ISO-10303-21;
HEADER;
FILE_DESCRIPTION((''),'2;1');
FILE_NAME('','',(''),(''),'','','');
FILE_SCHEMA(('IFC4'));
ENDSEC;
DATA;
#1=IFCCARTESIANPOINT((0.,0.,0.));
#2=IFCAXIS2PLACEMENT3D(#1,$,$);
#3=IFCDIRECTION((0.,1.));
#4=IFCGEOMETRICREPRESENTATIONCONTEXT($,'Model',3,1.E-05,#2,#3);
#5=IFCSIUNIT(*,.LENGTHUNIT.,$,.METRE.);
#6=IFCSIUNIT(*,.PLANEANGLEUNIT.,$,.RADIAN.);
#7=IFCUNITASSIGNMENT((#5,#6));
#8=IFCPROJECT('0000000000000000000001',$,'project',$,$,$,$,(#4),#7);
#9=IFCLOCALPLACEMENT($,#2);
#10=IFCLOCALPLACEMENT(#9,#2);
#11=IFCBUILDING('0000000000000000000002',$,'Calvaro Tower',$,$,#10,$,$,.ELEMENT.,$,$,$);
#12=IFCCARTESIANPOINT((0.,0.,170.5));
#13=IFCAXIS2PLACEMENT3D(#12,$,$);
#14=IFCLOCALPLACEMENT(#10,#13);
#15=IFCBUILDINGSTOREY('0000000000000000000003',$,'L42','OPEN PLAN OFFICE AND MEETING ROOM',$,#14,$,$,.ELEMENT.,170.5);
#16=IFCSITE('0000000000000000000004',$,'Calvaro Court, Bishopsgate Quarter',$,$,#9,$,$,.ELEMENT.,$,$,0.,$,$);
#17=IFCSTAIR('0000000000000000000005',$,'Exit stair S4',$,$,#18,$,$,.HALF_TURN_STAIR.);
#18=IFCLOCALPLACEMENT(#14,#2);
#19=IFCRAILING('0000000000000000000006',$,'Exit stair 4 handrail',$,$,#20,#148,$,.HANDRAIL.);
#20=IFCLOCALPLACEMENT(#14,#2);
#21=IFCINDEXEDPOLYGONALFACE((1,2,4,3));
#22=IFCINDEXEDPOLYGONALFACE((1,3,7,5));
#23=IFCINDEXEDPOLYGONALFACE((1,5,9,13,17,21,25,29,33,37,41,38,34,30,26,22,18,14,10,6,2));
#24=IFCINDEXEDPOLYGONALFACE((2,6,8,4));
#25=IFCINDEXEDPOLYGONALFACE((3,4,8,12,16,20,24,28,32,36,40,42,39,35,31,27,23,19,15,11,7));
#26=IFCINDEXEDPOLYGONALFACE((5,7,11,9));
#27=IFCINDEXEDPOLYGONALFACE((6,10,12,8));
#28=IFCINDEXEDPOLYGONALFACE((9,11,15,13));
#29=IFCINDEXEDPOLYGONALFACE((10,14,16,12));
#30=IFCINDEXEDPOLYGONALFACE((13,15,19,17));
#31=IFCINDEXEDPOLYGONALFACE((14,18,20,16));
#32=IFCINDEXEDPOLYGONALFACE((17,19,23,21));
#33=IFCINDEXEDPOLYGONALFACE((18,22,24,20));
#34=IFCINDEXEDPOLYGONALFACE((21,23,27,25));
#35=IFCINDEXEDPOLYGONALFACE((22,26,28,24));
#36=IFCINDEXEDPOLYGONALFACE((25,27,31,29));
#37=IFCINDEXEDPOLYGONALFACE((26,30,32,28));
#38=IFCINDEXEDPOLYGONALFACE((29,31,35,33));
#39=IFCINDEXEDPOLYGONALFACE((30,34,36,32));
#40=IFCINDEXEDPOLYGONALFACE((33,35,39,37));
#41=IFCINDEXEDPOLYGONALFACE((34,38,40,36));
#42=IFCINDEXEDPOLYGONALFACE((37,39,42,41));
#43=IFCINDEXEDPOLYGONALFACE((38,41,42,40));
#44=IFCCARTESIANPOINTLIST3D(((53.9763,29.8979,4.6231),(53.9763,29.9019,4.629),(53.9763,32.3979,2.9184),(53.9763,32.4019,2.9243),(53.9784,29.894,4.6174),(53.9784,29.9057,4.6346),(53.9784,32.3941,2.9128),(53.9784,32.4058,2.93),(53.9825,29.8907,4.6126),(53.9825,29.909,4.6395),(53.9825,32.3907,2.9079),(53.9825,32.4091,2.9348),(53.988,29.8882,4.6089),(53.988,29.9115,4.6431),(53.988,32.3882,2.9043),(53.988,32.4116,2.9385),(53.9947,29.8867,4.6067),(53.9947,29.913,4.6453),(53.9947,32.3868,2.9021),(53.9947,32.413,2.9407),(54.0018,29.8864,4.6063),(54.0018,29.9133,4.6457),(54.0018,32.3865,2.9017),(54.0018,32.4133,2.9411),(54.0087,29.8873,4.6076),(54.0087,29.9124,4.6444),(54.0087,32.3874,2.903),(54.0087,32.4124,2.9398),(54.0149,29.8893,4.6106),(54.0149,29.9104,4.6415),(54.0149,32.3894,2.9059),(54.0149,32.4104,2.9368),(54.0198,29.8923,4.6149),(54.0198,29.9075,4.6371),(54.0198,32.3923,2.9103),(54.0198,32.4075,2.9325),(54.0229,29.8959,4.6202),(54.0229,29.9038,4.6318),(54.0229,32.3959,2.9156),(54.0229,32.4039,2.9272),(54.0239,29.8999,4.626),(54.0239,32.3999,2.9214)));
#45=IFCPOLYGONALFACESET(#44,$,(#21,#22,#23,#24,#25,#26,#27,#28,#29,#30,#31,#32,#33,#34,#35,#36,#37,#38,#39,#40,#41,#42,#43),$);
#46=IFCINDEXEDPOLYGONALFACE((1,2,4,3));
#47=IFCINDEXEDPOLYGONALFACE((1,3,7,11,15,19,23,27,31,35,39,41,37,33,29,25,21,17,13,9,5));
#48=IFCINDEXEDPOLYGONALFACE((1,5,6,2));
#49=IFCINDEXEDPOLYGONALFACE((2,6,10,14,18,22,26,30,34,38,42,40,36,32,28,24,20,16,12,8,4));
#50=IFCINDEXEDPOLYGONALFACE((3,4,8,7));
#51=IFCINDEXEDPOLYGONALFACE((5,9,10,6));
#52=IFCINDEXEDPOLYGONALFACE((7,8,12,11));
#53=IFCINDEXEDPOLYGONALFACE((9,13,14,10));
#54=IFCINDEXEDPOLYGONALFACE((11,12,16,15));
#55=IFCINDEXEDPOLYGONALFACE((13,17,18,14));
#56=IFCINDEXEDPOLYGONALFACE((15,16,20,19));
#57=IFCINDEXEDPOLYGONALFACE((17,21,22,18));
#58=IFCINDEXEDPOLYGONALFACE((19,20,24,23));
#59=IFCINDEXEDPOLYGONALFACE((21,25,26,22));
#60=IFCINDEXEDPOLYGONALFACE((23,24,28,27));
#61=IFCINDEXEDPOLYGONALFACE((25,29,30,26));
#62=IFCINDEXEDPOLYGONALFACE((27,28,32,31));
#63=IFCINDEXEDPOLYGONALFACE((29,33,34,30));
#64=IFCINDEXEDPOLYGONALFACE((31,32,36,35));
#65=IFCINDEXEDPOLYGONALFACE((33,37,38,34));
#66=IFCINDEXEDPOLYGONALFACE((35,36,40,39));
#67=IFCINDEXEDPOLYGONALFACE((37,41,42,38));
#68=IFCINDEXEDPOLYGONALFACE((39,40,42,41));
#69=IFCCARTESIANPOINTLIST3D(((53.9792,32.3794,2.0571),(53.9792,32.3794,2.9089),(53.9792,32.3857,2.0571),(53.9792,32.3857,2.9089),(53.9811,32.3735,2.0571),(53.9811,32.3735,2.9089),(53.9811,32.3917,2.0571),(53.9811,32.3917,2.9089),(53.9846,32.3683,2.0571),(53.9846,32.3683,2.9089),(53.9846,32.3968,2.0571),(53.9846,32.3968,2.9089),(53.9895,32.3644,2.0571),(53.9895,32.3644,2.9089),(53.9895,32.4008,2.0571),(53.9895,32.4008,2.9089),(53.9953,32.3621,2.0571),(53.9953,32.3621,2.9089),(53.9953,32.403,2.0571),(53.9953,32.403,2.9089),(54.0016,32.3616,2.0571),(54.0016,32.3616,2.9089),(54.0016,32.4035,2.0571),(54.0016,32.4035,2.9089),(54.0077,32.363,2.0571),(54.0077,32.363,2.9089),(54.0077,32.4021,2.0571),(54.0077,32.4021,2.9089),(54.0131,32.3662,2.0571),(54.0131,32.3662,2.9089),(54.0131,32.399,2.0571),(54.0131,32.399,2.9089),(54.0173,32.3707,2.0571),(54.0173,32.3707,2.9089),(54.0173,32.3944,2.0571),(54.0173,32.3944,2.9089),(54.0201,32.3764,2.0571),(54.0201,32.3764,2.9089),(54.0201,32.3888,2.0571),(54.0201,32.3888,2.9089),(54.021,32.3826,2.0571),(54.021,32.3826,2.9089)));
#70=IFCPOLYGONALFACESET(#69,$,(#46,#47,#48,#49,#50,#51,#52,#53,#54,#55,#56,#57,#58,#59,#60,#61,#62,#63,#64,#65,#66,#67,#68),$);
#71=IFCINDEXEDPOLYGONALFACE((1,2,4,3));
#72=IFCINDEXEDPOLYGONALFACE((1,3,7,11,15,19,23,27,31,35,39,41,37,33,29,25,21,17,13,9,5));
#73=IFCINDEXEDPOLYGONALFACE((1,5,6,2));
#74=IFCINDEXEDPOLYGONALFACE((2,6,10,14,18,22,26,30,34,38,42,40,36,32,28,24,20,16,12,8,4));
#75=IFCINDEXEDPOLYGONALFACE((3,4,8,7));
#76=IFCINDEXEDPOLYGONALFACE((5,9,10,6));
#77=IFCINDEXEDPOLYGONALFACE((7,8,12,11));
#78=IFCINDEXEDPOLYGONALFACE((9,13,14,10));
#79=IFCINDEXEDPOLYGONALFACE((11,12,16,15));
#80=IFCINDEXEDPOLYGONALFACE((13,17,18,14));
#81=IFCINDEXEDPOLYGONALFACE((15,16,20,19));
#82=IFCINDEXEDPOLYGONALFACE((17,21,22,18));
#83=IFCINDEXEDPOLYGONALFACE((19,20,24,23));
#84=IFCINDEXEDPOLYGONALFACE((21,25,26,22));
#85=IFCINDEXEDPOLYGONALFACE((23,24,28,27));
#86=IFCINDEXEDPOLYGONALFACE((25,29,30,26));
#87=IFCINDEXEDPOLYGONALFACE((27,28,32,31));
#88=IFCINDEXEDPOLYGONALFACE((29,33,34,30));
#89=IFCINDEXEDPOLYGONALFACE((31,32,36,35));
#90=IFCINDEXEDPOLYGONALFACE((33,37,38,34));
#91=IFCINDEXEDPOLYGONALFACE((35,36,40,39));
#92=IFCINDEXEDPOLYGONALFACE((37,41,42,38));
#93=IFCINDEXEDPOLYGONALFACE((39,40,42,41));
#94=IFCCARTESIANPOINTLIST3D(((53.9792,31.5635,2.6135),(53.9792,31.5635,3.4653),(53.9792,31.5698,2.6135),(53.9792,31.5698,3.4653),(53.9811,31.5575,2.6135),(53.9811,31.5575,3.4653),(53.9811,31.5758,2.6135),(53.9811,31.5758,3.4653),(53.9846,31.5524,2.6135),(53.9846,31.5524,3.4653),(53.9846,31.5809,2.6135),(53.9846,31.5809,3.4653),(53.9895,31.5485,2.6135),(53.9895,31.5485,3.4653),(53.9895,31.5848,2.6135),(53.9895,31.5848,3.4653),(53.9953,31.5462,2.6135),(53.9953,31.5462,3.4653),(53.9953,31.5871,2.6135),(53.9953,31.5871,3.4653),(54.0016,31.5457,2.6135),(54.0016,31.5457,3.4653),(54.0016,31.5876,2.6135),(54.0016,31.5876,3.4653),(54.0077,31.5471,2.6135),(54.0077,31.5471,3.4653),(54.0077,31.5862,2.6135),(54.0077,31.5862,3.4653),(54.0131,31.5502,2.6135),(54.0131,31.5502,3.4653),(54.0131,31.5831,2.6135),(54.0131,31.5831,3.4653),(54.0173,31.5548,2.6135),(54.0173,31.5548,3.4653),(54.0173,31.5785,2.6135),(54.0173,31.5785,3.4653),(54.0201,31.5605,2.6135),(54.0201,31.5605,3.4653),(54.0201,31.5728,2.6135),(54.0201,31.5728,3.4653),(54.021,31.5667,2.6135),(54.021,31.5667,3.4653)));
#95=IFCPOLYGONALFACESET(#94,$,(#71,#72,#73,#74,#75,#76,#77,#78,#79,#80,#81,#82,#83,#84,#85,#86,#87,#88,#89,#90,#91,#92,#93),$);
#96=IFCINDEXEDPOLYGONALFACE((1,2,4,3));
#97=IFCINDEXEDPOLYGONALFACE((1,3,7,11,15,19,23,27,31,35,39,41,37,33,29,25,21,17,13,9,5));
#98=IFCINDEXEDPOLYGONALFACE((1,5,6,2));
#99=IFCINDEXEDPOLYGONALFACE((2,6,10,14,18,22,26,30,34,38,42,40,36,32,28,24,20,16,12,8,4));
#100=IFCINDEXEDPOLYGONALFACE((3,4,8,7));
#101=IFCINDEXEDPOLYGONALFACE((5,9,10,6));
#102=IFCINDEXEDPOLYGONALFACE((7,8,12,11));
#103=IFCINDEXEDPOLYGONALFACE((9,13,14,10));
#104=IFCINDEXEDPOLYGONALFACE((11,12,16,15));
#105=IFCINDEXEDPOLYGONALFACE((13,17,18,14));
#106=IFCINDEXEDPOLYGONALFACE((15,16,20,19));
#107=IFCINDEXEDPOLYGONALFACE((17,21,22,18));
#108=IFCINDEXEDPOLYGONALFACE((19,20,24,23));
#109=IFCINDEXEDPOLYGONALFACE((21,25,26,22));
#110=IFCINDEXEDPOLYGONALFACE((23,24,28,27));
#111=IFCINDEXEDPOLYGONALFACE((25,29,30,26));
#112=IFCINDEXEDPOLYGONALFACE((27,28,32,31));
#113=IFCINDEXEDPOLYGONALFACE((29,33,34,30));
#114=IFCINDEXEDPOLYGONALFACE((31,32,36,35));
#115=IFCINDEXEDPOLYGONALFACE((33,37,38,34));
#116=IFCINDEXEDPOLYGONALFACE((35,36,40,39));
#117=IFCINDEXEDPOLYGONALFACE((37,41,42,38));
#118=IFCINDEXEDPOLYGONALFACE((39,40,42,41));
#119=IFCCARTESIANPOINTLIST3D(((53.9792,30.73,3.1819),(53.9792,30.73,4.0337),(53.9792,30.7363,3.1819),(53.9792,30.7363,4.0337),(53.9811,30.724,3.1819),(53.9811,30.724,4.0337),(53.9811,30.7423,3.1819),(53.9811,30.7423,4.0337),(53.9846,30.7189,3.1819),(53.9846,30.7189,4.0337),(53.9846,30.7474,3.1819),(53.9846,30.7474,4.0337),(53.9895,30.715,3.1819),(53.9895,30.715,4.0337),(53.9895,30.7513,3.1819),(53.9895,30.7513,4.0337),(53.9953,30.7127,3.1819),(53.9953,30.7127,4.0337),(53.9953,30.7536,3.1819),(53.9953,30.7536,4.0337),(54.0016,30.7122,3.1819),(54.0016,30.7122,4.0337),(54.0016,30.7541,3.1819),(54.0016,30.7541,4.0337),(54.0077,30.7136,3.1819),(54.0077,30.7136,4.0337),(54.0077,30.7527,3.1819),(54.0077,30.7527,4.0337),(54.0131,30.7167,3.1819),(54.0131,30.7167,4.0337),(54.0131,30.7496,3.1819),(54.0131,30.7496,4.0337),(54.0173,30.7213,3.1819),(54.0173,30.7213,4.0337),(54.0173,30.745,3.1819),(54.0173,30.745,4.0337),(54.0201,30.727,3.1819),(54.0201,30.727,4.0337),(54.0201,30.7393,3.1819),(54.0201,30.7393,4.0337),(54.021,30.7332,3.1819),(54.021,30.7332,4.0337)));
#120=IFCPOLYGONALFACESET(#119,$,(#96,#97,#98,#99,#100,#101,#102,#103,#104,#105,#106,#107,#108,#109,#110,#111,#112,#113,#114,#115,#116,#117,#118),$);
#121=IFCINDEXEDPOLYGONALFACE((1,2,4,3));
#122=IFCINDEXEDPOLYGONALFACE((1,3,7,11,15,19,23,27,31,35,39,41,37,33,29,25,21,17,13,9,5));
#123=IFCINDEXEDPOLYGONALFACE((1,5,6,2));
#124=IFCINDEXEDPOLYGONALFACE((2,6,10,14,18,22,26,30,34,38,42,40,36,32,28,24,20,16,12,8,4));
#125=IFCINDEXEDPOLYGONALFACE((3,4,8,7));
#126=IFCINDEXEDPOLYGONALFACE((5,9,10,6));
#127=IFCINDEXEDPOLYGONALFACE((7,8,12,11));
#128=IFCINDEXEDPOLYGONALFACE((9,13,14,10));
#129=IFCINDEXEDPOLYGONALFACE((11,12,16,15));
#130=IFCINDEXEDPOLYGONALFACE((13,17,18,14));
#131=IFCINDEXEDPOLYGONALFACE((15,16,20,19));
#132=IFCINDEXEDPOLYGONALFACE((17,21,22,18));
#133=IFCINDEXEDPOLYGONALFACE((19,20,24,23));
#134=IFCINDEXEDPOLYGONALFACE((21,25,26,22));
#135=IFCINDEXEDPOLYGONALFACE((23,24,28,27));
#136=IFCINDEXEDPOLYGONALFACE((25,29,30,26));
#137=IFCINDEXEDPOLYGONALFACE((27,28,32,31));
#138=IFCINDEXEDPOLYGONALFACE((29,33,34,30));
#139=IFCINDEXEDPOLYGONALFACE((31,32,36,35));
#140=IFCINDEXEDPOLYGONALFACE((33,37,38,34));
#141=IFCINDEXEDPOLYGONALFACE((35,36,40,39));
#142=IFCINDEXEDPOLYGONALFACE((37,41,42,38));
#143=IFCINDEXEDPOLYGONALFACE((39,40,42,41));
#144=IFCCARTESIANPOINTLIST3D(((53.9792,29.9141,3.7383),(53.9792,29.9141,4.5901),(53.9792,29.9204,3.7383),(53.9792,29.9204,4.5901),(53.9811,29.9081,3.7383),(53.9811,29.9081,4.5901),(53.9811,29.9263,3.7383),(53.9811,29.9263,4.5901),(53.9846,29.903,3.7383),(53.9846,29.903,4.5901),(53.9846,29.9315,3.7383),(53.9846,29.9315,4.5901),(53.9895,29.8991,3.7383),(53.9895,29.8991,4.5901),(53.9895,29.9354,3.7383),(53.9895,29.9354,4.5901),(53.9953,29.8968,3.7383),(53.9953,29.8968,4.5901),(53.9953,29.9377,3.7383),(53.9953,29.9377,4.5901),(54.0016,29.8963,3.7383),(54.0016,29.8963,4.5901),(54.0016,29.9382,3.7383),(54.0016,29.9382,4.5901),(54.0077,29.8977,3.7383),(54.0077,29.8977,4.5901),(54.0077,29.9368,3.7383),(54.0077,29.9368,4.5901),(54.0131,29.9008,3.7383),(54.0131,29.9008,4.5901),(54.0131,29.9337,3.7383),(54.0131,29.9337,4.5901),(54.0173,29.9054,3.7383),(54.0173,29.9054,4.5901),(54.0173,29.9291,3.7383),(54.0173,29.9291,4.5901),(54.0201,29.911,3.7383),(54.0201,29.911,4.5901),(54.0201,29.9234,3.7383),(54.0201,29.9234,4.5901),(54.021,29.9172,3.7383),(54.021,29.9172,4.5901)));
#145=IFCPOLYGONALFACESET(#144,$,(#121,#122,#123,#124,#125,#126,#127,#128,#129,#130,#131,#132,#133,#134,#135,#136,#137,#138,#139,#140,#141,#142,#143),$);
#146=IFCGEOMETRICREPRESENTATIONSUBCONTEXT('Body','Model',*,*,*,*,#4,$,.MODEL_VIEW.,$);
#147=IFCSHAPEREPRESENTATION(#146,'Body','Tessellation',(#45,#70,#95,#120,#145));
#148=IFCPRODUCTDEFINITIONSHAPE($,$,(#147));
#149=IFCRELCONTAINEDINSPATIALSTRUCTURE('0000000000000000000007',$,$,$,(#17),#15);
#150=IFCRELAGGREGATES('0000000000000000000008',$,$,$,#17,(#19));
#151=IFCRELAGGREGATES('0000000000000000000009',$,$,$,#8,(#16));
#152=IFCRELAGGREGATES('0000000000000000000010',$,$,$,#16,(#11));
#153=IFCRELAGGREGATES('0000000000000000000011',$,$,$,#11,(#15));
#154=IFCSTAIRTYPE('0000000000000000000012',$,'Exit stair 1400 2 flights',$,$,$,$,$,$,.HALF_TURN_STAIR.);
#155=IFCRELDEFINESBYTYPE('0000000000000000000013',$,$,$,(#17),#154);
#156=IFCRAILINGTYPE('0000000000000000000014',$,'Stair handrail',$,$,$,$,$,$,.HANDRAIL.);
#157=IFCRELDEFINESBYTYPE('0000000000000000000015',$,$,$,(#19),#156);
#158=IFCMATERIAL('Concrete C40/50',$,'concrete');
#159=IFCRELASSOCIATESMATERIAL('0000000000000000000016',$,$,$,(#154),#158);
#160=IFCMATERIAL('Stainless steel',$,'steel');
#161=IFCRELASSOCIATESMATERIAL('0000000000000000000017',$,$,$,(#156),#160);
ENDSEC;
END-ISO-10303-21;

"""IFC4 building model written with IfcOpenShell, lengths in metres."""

from ifc_helpers import new_model, si_unit, direction, frame, origin, origin_2d, place, context, subcontext, project, spatial, circle, extrude, material, type_object, element, aggregate, save


model = new_model("IFC4")

# Units and contexts
model_context = context("Model", 3, precision=1e-05, world=origin(), true_north=direction((0.0, 1.0)))
body_context = subcontext(model_context, "Body", "Model", "MODEL_VIEW")
ifc_project = project(units=[si_unit("LENGTHUNIT", "METRE"), si_unit("PLANEANGLEUNIT", "RADIAN")], contexts=[model_context])

# Site, building, storey
site_placement = place(None, origin())
site = spatial("IfcSite", under=ifc_project, at=site_placement, Name="Calvaro Court, Bishopsgate Quarter", CompositionType="ELEMENT", RefElevation=0.0)
building_placement = place(site_placement, origin())
building = spatial("IfcBuilding", under=site, at=building_placement, Name="Calvaro Tower", CompositionType="ELEMENT")
storey_placement = place(building_placement, frame((0.0, 0.0, 170.5)))
storey = spatial("IfcBuildingStorey", under=building, at=storey_placement, Name="L42", Description="OPEN PLAN OFFICE AND MEETING ROOM", CompositionType="ELEMENT", Elevation=170.5)

# Stair
ifc_material_1 = material(Name="Concrete C40/50", Category="concrete")
stair_type = type_object("IfcStairType", Name="Exit stair 1400 2 flights", PredefinedType="HALF_TURN_STAIR", material=ifc_material_1)
stair_1_placement = place(storey_placement, origin())
stair_1 = element("IfcStair", 1, at=stair_1_placement, inside=storey, type_object=stair_type, Name="Exit stair S4", PredefinedType="HALF_TURN_STAIR")

# Railing
ifc_material_2 = material(Name="Stainless steel", Category="steel")
railing_type = type_object("IfcRailingType", Name="Stair handrail", PredefinedType="HANDRAIL", material=ifc_material_2)
railing_1_placement = place(storey_placement, frame((54.0, 32.3999, 2.0454)))
railing_1 = element("IfcRailing", 2, at=railing_1_placement, type_object=railing_type, Name="Exit stair 4 handrail", PredefinedType="HANDRAIL", context=body_context, shape_type="SweptSolid", body=[
    extrude(circle(Radius=0.0239, at=origin_2d()), frame((0.0, 0.0, 0.876), z_axis=(0.0, -0.826221, 0.563347), x_axis=(1.0, 0.0, 0.0)), (0.0, 0.0, 1.0), 3.0259),
    extrude(circle(Radius=0.021, at=origin_2d()), frame((0.0, -0.0173, 0.0117)), (0.0, 0.0, 1.0), 0.8518),
    extrude(circle(Radius=0.021, at=origin_2d()), frame((0.0, -0.8333, 0.5681)), (0.0, 0.0, 1.0), 0.8518),
    extrude(circle(Radius=0.021, at=origin_2d()), frame((0.0, -1.6667, 1.1365)), (0.0, 0.0, 1.0), 0.8518),
    extrude(circle(Radius=0.021, at=origin_2d()), frame((0.0, -2.4827, 1.6929)), (0.0, 0.0, 1.0), 0.8518),
])
aggregate(stair_1, [railing_1])

save(model, "model.ifc")
